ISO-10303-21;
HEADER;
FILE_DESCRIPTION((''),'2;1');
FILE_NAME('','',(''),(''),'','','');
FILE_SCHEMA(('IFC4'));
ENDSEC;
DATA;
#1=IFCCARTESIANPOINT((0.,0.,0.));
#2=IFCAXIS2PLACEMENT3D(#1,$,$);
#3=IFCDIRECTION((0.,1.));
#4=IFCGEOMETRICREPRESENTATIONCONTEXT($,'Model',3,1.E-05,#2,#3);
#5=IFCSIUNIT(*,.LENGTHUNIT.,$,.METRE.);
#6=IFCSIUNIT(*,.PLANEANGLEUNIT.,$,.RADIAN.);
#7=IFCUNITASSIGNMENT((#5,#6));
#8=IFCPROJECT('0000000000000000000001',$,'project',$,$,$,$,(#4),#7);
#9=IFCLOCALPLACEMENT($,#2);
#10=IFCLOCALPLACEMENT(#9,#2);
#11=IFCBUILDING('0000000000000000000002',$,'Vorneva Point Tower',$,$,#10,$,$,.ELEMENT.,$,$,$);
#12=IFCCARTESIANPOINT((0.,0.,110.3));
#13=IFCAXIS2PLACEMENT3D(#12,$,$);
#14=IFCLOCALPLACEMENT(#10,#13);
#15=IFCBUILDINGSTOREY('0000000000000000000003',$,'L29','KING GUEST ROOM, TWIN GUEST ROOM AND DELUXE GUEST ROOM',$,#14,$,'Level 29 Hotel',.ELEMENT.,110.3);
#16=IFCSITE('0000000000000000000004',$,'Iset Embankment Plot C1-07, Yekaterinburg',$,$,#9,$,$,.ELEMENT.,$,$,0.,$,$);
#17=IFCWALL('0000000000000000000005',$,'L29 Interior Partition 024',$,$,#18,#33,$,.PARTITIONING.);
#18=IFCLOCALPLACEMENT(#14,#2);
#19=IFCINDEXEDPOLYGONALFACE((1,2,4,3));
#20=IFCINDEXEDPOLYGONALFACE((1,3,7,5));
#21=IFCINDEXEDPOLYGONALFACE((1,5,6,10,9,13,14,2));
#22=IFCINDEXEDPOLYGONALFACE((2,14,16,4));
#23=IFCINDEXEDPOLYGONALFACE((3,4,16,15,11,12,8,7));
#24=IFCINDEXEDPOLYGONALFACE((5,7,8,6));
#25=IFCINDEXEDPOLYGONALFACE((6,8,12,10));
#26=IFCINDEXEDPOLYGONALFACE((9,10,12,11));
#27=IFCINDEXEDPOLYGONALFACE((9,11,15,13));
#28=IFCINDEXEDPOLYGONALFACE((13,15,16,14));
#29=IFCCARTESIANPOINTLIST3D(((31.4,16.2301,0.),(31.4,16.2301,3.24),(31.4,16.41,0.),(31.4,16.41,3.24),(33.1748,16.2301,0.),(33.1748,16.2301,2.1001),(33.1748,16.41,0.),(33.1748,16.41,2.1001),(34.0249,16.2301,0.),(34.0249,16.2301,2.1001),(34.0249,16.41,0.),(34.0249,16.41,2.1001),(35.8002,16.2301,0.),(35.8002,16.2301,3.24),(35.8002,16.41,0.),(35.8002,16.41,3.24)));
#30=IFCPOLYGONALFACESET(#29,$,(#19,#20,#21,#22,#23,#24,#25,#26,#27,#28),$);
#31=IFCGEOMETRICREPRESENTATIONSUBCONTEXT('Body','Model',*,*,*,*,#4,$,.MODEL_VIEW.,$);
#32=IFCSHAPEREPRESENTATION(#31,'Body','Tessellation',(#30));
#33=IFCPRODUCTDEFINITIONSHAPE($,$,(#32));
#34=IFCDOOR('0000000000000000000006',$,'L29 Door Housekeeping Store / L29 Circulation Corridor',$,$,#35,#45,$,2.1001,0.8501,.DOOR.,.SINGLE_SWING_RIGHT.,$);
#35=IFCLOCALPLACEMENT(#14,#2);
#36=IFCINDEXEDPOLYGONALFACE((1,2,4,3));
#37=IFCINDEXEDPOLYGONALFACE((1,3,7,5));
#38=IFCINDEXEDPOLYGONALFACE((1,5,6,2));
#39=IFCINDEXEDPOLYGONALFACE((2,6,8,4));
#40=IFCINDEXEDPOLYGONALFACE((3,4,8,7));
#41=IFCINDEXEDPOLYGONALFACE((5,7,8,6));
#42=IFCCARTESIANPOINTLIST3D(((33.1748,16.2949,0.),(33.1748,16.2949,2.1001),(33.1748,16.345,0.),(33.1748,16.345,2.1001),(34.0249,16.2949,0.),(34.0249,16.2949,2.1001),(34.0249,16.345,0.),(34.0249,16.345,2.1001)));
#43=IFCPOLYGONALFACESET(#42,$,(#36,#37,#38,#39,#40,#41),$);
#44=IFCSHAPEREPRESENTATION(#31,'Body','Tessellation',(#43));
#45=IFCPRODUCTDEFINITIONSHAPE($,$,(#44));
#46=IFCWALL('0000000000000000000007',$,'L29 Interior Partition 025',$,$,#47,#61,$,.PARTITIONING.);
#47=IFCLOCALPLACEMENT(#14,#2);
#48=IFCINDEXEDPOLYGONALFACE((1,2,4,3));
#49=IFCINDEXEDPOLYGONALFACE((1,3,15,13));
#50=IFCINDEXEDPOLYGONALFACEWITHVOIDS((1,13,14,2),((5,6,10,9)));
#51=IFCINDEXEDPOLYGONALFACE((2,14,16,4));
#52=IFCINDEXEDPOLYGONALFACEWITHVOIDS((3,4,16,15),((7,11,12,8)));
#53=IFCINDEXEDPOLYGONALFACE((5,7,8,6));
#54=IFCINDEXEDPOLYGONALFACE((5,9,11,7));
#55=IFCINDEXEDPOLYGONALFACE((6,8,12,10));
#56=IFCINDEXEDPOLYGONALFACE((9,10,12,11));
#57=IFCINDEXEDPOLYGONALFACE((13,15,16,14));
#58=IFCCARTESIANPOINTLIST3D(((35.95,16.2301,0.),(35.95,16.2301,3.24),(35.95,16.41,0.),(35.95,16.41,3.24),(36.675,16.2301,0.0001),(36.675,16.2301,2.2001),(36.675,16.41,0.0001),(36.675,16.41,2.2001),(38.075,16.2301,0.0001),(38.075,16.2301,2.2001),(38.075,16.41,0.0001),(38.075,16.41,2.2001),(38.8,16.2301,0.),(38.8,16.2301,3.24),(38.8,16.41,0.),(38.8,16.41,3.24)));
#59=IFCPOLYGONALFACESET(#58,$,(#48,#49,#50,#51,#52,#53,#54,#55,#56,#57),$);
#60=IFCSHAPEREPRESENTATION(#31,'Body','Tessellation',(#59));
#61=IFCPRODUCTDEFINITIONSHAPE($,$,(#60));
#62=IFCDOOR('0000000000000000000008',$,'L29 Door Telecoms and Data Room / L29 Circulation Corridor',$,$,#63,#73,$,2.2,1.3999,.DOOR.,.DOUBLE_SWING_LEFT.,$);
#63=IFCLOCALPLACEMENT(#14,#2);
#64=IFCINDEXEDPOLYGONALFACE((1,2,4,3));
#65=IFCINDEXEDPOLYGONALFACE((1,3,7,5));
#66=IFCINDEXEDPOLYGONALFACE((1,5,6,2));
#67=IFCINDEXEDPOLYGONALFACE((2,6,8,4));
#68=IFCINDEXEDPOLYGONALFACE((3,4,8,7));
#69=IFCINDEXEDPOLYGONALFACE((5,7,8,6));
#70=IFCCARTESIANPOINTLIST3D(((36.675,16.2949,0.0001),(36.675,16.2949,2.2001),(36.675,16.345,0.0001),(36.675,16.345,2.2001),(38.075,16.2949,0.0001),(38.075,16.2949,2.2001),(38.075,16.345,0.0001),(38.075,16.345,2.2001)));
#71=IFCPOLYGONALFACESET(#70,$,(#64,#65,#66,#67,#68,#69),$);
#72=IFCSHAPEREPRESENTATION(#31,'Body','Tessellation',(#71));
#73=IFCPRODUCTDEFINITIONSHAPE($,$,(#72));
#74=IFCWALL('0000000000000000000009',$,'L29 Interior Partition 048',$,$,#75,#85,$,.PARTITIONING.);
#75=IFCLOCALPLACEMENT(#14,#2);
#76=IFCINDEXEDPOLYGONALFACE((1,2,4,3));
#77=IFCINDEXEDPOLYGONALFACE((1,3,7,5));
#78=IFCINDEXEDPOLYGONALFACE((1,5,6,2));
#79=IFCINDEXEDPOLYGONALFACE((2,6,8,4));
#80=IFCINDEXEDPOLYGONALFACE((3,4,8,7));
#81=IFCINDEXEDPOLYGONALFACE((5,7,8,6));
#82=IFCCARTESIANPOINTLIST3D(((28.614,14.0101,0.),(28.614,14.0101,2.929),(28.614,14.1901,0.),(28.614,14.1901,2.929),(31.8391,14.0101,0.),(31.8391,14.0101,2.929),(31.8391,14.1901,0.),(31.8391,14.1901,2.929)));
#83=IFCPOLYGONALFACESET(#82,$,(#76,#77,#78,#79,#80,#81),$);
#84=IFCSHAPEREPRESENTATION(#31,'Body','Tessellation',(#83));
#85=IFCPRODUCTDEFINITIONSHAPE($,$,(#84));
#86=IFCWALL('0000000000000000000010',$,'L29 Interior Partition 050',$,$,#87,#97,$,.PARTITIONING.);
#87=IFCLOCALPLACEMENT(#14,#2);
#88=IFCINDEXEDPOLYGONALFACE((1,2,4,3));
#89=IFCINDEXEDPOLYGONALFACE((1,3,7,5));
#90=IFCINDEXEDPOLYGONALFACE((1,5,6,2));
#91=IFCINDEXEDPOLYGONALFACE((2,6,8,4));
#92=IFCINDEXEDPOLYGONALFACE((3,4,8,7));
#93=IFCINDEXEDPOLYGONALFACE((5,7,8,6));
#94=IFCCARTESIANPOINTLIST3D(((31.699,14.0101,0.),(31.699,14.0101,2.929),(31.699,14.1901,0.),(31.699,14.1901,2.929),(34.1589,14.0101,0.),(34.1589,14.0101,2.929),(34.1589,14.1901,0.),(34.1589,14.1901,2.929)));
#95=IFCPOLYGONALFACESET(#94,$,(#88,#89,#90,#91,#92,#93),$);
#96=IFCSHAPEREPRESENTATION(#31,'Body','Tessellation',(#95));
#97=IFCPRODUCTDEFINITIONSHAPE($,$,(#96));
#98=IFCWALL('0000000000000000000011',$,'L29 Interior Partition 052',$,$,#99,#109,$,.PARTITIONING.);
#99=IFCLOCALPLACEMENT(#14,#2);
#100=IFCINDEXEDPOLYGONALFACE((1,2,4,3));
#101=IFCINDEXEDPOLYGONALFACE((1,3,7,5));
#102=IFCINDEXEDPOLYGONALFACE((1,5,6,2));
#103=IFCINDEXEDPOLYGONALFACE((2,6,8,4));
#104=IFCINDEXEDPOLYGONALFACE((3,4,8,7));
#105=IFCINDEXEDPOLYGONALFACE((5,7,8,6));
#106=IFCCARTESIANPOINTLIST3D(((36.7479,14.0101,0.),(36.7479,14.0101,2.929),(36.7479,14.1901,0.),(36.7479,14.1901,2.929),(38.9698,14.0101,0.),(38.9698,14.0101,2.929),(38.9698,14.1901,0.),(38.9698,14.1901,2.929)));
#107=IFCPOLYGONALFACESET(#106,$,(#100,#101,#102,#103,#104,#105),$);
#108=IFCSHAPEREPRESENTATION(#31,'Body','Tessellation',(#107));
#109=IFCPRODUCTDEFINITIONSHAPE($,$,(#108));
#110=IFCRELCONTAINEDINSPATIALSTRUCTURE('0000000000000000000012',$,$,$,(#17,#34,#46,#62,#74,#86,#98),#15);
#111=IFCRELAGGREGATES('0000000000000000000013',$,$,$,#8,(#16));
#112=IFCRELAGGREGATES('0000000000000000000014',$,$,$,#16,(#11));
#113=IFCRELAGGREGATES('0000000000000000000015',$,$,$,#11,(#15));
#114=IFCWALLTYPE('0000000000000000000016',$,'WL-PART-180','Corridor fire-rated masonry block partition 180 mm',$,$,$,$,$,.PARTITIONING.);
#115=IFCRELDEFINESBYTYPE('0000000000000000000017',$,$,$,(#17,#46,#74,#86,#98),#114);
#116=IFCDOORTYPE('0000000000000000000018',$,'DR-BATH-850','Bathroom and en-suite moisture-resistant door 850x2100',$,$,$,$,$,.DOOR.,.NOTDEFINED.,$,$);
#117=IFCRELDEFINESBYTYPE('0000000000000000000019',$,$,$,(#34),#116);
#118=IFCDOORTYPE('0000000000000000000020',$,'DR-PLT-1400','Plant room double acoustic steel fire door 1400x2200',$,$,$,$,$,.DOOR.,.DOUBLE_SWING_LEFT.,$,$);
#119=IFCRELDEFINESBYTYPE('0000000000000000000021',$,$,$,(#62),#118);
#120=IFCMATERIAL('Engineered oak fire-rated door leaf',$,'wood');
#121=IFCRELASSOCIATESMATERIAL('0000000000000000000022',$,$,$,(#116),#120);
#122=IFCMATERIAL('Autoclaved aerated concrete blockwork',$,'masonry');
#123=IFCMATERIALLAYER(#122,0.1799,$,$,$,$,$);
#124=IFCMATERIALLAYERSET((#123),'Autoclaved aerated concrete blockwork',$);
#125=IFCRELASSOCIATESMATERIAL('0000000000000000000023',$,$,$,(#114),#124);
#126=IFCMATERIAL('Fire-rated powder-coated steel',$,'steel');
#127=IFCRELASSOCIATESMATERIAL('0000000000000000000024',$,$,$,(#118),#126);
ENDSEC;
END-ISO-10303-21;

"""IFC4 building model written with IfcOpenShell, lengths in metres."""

from ifc_helpers import new_model, si_unit, direction, frame, frame_2d, origin, place, context, subcontext, project, spatial, rectangle, extrude, material, layer, layer_set, type_object, element, fill, save


model = new_model("IFC4")

# Units and contexts
model_context = context("Model", 3, precision=1e-05, world=origin(), true_north=direction((0.0, 1.0)))
body_context = subcontext(model_context, "Body", "Model", "MODEL_VIEW")
ifc_project = project(units=[si_unit("LENGTHUNIT", "METRE"), si_unit("PLANEANGLEUNIT", "RADIAN")], contexts=[model_context])

# Site, building, storey
site_placement = place(None, origin())
site = spatial("IfcSite", under=ifc_project, at=site_placement, Name="Iset Embankment Plot C1-07, Yekaterinburg", CompositionType="ELEMENT", RefElevation=0.0)
building_placement = place(site_placement, origin())
building = spatial("IfcBuilding", under=site, at=building_placement, Name="Vorneva Point Tower", CompositionType="ELEMENT")
storey_placement = place(building_placement, frame((0.0, 0.0, 110.3)))
storey = spatial("IfcBuildingStorey", under=building, at=storey_placement, Name="L29", Description="KING GUEST ROOM, TWIN GUEST ROOM AND DELUXE GUEST ROOM", LongName="Level 29 Hotel", CompositionType="ELEMENT", Elevation=110.3)

# Shared definitions
ifc_material_1 = material(Name="Engineered oak fire-rated door leaf", Category="wood")
door_type_1 = type_object("IfcDoorType", Name="DR-BATH-850", Description="Bathroom and en-suite moisture-resistant door 850x2100", OperationType="NOTDEFINED", PredefinedType="DOOR", material=ifc_material_1)

# Shared definitions
ifc_material_2 = material(Name="Autoclaved aerated concrete blockwork", Category="masonry")
ifc_layer_1 = layer(ifc_material_2, 0.1799)
ifc_layer_set_1 = layer_set([ifc_layer_1], Name="Autoclaved aerated concrete blockwork")
wall_type_1 = type_object("IfcWallType", Name="WL-PART-180", Description="Corridor fire-rated masonry block partition 180 mm", PredefinedType="PARTITIONING", material=ifc_layer_set_1)

# Walls, openings, doors
wall_1_placement = place(storey_placement, frame((31.3999, 16.3201, 0.0), z_axis=(0.0, 0.0, 1.0), x_axis=(1.0, 0.0, 0.0)))
wall_1 = element("IfcWall", 1, at=wall_1_placement, inside=storey, type_object=wall_type_1, Name="L29 Interior Partition 024", PredefinedType="PARTITIONING", context=body_context, shape_type="SweptSolid", body=[
    extrude(rectangle(XDim=4.4001, YDim=0.1799, at=frame_2d((2.2002, 0.0))), origin(), (0.0, 0.0, 1.0), 3.24),
])
opening_1_placement = place(wall_1_placement, frame((1.7749, 0.0, 0.0)))
opening_1 = element("IfcOpeningElement", 2, at=opening_1_placement, cuts=wall_1, PredefinedType="OPENING", context=body_context, shape_type="SweptSolid", body=[
    extrude(rectangle(XDim=0.8501, YDim=2.1001, at=frame_2d((0.425, 1.05))), frame((0.0, 0.105, 0.0), z_axis=(0.0, -1.0, 0.0), x_axis=(1.0, 0.0, 0.0)), (0.0, 0.0, 1.0), 0.2097),
])
door_1_placement = place(opening_1_placement, origin())
door_1 = element("IfcDoor", 3, at=door_1_placement, inside=storey, type_object=door_type_1, Name="L29 Door Housekeeping Store / L29 Circulation Corridor", OperationType="SINGLE_SWING_RIGHT", OverallHeight=2.1001, OverallWidth=0.8501, PredefinedType="DOOR", context=body_context, shape_type="SweptSolid", body=[
    extrude(rectangle(XDim=0.8501, YDim=2.1001, at=frame_2d((0.425, 1.05))), frame((0.0, 0.0249, 0.0), z_axis=(0.0, -1.0, 0.0), x_axis=(1.0, 0.0, 0.0)), (0.0, 0.0, 1.0), 0.05),
])
fill(opening_1, door_1)
wall_2_placement = place(storey_placement, frame((35.95, 16.3201, 0.0), z_axis=(0.0, 0.0, 1.0), x_axis=(1.0, 0.0, 0.0)))
wall_2 = element("IfcWall", 4, at=wall_2_placement, inside=storey, type_object=wall_type_1, Name="L29 Interior Partition 025", PredefinedType="PARTITIONING", context=body_context, shape_type="SweptSolid", body=[
    extrude(rectangle(XDim=2.8501, YDim=0.1799, at=frame_2d((1.425, 0.0))), origin(), (0.0, 0.0, 1.0), 3.24),
])
opening_2_placement = place(wall_2_placement, frame((0.7251, 0.0, 0.0)))
opening_2 = element("IfcOpeningElement", 5, at=opening_2_placement, cuts=wall_2, PredefinedType="OPENING", context=body_context, shape_type="SweptSolid", body=[
    extrude(rectangle(XDim=1.3999, YDim=2.2, at=frame_2d((0.7, 1.1001))), frame((0.0, 0.105, 0.0), z_axis=(0.0, -1.0, 0.0), x_axis=(1.0, 0.0, 0.0)), (0.0, 0.0, 1.0), 0.2097),
])
ifc_material_3 = material(Name="Fire-rated powder-coated steel", Category="steel")
door_type_2 = type_object("IfcDoorType", Name="DR-PLT-1400", Description="Plant room double acoustic steel fire door 1400x2200", OperationType="DOUBLE_SWING_LEFT", PredefinedType="DOOR", material=ifc_material_3)
door_2_placement = place(opening_2_placement, origin())
door_2 = element("IfcDoor", 6, at=door_2_placement, inside=storey, type_object=door_type_2, Name="L29 Door Telecoms and Data Room / L29 Circulation Corridor", OperationType="DOUBLE_SWING_LEFT", OverallHeight=2.2, OverallWidth=1.3999, PredefinedType="DOOR", context=body_context, shape_type="SweptSolid", body=[
    extrude(rectangle(XDim=1.3999, YDim=2.2, at=frame_2d((0.7, 1.1001))), frame((0.0, 0.0249, 0.0), z_axis=(0.0, -1.0, 0.0), x_axis=(1.0, 0.0, 0.0)), (0.0, 0.0, 1.0), 0.05),
])
fill(opening_2, door_2)

# Wall
wall_3_placement = place(storey_placement, frame((28.614, 14.1001, 0.0), z_axis=(0.0, 0.0, 1.0), x_axis=(1.0, 0.0, 0.0)))
element("IfcWall", 7, at=wall_3_placement, inside=storey, type_object=wall_type_1, Name="L29 Interior Partition 048", PredefinedType="PARTITIONING", context=body_context, shape_type="SweptSolid", body=[
    extrude(rectangle(XDim=3.2251, YDim=0.1799, at=frame_2d((1.6125, 0.0))), origin(), (0.0, 0.0, 1.0), 2.929),
])

# Walls
wall_4_placement = place(storey_placement, frame((31.699, 14.1001, 0.0), z_axis=(0.0, 0.0, 1.0), x_axis=(1.0, 0.0, 0.0)))
element("IfcWall", 8, at=wall_4_placement, inside=storey, type_object=wall_type_1, Name="L29 Interior Partition 050", PredefinedType="PARTITIONING", context=body_context, shape_type="SweptSolid", body=[
    extrude(rectangle(XDim=2.46, YDim=0.1799, at=frame_2d((1.23, 0.0))), origin(), (0.0, 0.0, 1.0), 2.929),
])
wall_5_placement = place(storey_placement, frame((36.748, 14.1001, 0.0), z_axis=(0.0, 0.0, 1.0), x_axis=(1.0, 0.0, 0.0)))
element("IfcWall", 9, at=wall_5_placement, inside=storey, type_object=wall_type_1, Name="L29 Interior Partition 052", PredefinedType="PARTITIONING", context=body_context, shape_type="SweptSolid", body=[
    extrude(rectangle(XDim=2.2219, YDim=0.1799, at=frame_2d((1.1108, 0.0))), origin(), (0.0, 0.0, 1.0), 2.929),
])

save(model, "model.ifc")
